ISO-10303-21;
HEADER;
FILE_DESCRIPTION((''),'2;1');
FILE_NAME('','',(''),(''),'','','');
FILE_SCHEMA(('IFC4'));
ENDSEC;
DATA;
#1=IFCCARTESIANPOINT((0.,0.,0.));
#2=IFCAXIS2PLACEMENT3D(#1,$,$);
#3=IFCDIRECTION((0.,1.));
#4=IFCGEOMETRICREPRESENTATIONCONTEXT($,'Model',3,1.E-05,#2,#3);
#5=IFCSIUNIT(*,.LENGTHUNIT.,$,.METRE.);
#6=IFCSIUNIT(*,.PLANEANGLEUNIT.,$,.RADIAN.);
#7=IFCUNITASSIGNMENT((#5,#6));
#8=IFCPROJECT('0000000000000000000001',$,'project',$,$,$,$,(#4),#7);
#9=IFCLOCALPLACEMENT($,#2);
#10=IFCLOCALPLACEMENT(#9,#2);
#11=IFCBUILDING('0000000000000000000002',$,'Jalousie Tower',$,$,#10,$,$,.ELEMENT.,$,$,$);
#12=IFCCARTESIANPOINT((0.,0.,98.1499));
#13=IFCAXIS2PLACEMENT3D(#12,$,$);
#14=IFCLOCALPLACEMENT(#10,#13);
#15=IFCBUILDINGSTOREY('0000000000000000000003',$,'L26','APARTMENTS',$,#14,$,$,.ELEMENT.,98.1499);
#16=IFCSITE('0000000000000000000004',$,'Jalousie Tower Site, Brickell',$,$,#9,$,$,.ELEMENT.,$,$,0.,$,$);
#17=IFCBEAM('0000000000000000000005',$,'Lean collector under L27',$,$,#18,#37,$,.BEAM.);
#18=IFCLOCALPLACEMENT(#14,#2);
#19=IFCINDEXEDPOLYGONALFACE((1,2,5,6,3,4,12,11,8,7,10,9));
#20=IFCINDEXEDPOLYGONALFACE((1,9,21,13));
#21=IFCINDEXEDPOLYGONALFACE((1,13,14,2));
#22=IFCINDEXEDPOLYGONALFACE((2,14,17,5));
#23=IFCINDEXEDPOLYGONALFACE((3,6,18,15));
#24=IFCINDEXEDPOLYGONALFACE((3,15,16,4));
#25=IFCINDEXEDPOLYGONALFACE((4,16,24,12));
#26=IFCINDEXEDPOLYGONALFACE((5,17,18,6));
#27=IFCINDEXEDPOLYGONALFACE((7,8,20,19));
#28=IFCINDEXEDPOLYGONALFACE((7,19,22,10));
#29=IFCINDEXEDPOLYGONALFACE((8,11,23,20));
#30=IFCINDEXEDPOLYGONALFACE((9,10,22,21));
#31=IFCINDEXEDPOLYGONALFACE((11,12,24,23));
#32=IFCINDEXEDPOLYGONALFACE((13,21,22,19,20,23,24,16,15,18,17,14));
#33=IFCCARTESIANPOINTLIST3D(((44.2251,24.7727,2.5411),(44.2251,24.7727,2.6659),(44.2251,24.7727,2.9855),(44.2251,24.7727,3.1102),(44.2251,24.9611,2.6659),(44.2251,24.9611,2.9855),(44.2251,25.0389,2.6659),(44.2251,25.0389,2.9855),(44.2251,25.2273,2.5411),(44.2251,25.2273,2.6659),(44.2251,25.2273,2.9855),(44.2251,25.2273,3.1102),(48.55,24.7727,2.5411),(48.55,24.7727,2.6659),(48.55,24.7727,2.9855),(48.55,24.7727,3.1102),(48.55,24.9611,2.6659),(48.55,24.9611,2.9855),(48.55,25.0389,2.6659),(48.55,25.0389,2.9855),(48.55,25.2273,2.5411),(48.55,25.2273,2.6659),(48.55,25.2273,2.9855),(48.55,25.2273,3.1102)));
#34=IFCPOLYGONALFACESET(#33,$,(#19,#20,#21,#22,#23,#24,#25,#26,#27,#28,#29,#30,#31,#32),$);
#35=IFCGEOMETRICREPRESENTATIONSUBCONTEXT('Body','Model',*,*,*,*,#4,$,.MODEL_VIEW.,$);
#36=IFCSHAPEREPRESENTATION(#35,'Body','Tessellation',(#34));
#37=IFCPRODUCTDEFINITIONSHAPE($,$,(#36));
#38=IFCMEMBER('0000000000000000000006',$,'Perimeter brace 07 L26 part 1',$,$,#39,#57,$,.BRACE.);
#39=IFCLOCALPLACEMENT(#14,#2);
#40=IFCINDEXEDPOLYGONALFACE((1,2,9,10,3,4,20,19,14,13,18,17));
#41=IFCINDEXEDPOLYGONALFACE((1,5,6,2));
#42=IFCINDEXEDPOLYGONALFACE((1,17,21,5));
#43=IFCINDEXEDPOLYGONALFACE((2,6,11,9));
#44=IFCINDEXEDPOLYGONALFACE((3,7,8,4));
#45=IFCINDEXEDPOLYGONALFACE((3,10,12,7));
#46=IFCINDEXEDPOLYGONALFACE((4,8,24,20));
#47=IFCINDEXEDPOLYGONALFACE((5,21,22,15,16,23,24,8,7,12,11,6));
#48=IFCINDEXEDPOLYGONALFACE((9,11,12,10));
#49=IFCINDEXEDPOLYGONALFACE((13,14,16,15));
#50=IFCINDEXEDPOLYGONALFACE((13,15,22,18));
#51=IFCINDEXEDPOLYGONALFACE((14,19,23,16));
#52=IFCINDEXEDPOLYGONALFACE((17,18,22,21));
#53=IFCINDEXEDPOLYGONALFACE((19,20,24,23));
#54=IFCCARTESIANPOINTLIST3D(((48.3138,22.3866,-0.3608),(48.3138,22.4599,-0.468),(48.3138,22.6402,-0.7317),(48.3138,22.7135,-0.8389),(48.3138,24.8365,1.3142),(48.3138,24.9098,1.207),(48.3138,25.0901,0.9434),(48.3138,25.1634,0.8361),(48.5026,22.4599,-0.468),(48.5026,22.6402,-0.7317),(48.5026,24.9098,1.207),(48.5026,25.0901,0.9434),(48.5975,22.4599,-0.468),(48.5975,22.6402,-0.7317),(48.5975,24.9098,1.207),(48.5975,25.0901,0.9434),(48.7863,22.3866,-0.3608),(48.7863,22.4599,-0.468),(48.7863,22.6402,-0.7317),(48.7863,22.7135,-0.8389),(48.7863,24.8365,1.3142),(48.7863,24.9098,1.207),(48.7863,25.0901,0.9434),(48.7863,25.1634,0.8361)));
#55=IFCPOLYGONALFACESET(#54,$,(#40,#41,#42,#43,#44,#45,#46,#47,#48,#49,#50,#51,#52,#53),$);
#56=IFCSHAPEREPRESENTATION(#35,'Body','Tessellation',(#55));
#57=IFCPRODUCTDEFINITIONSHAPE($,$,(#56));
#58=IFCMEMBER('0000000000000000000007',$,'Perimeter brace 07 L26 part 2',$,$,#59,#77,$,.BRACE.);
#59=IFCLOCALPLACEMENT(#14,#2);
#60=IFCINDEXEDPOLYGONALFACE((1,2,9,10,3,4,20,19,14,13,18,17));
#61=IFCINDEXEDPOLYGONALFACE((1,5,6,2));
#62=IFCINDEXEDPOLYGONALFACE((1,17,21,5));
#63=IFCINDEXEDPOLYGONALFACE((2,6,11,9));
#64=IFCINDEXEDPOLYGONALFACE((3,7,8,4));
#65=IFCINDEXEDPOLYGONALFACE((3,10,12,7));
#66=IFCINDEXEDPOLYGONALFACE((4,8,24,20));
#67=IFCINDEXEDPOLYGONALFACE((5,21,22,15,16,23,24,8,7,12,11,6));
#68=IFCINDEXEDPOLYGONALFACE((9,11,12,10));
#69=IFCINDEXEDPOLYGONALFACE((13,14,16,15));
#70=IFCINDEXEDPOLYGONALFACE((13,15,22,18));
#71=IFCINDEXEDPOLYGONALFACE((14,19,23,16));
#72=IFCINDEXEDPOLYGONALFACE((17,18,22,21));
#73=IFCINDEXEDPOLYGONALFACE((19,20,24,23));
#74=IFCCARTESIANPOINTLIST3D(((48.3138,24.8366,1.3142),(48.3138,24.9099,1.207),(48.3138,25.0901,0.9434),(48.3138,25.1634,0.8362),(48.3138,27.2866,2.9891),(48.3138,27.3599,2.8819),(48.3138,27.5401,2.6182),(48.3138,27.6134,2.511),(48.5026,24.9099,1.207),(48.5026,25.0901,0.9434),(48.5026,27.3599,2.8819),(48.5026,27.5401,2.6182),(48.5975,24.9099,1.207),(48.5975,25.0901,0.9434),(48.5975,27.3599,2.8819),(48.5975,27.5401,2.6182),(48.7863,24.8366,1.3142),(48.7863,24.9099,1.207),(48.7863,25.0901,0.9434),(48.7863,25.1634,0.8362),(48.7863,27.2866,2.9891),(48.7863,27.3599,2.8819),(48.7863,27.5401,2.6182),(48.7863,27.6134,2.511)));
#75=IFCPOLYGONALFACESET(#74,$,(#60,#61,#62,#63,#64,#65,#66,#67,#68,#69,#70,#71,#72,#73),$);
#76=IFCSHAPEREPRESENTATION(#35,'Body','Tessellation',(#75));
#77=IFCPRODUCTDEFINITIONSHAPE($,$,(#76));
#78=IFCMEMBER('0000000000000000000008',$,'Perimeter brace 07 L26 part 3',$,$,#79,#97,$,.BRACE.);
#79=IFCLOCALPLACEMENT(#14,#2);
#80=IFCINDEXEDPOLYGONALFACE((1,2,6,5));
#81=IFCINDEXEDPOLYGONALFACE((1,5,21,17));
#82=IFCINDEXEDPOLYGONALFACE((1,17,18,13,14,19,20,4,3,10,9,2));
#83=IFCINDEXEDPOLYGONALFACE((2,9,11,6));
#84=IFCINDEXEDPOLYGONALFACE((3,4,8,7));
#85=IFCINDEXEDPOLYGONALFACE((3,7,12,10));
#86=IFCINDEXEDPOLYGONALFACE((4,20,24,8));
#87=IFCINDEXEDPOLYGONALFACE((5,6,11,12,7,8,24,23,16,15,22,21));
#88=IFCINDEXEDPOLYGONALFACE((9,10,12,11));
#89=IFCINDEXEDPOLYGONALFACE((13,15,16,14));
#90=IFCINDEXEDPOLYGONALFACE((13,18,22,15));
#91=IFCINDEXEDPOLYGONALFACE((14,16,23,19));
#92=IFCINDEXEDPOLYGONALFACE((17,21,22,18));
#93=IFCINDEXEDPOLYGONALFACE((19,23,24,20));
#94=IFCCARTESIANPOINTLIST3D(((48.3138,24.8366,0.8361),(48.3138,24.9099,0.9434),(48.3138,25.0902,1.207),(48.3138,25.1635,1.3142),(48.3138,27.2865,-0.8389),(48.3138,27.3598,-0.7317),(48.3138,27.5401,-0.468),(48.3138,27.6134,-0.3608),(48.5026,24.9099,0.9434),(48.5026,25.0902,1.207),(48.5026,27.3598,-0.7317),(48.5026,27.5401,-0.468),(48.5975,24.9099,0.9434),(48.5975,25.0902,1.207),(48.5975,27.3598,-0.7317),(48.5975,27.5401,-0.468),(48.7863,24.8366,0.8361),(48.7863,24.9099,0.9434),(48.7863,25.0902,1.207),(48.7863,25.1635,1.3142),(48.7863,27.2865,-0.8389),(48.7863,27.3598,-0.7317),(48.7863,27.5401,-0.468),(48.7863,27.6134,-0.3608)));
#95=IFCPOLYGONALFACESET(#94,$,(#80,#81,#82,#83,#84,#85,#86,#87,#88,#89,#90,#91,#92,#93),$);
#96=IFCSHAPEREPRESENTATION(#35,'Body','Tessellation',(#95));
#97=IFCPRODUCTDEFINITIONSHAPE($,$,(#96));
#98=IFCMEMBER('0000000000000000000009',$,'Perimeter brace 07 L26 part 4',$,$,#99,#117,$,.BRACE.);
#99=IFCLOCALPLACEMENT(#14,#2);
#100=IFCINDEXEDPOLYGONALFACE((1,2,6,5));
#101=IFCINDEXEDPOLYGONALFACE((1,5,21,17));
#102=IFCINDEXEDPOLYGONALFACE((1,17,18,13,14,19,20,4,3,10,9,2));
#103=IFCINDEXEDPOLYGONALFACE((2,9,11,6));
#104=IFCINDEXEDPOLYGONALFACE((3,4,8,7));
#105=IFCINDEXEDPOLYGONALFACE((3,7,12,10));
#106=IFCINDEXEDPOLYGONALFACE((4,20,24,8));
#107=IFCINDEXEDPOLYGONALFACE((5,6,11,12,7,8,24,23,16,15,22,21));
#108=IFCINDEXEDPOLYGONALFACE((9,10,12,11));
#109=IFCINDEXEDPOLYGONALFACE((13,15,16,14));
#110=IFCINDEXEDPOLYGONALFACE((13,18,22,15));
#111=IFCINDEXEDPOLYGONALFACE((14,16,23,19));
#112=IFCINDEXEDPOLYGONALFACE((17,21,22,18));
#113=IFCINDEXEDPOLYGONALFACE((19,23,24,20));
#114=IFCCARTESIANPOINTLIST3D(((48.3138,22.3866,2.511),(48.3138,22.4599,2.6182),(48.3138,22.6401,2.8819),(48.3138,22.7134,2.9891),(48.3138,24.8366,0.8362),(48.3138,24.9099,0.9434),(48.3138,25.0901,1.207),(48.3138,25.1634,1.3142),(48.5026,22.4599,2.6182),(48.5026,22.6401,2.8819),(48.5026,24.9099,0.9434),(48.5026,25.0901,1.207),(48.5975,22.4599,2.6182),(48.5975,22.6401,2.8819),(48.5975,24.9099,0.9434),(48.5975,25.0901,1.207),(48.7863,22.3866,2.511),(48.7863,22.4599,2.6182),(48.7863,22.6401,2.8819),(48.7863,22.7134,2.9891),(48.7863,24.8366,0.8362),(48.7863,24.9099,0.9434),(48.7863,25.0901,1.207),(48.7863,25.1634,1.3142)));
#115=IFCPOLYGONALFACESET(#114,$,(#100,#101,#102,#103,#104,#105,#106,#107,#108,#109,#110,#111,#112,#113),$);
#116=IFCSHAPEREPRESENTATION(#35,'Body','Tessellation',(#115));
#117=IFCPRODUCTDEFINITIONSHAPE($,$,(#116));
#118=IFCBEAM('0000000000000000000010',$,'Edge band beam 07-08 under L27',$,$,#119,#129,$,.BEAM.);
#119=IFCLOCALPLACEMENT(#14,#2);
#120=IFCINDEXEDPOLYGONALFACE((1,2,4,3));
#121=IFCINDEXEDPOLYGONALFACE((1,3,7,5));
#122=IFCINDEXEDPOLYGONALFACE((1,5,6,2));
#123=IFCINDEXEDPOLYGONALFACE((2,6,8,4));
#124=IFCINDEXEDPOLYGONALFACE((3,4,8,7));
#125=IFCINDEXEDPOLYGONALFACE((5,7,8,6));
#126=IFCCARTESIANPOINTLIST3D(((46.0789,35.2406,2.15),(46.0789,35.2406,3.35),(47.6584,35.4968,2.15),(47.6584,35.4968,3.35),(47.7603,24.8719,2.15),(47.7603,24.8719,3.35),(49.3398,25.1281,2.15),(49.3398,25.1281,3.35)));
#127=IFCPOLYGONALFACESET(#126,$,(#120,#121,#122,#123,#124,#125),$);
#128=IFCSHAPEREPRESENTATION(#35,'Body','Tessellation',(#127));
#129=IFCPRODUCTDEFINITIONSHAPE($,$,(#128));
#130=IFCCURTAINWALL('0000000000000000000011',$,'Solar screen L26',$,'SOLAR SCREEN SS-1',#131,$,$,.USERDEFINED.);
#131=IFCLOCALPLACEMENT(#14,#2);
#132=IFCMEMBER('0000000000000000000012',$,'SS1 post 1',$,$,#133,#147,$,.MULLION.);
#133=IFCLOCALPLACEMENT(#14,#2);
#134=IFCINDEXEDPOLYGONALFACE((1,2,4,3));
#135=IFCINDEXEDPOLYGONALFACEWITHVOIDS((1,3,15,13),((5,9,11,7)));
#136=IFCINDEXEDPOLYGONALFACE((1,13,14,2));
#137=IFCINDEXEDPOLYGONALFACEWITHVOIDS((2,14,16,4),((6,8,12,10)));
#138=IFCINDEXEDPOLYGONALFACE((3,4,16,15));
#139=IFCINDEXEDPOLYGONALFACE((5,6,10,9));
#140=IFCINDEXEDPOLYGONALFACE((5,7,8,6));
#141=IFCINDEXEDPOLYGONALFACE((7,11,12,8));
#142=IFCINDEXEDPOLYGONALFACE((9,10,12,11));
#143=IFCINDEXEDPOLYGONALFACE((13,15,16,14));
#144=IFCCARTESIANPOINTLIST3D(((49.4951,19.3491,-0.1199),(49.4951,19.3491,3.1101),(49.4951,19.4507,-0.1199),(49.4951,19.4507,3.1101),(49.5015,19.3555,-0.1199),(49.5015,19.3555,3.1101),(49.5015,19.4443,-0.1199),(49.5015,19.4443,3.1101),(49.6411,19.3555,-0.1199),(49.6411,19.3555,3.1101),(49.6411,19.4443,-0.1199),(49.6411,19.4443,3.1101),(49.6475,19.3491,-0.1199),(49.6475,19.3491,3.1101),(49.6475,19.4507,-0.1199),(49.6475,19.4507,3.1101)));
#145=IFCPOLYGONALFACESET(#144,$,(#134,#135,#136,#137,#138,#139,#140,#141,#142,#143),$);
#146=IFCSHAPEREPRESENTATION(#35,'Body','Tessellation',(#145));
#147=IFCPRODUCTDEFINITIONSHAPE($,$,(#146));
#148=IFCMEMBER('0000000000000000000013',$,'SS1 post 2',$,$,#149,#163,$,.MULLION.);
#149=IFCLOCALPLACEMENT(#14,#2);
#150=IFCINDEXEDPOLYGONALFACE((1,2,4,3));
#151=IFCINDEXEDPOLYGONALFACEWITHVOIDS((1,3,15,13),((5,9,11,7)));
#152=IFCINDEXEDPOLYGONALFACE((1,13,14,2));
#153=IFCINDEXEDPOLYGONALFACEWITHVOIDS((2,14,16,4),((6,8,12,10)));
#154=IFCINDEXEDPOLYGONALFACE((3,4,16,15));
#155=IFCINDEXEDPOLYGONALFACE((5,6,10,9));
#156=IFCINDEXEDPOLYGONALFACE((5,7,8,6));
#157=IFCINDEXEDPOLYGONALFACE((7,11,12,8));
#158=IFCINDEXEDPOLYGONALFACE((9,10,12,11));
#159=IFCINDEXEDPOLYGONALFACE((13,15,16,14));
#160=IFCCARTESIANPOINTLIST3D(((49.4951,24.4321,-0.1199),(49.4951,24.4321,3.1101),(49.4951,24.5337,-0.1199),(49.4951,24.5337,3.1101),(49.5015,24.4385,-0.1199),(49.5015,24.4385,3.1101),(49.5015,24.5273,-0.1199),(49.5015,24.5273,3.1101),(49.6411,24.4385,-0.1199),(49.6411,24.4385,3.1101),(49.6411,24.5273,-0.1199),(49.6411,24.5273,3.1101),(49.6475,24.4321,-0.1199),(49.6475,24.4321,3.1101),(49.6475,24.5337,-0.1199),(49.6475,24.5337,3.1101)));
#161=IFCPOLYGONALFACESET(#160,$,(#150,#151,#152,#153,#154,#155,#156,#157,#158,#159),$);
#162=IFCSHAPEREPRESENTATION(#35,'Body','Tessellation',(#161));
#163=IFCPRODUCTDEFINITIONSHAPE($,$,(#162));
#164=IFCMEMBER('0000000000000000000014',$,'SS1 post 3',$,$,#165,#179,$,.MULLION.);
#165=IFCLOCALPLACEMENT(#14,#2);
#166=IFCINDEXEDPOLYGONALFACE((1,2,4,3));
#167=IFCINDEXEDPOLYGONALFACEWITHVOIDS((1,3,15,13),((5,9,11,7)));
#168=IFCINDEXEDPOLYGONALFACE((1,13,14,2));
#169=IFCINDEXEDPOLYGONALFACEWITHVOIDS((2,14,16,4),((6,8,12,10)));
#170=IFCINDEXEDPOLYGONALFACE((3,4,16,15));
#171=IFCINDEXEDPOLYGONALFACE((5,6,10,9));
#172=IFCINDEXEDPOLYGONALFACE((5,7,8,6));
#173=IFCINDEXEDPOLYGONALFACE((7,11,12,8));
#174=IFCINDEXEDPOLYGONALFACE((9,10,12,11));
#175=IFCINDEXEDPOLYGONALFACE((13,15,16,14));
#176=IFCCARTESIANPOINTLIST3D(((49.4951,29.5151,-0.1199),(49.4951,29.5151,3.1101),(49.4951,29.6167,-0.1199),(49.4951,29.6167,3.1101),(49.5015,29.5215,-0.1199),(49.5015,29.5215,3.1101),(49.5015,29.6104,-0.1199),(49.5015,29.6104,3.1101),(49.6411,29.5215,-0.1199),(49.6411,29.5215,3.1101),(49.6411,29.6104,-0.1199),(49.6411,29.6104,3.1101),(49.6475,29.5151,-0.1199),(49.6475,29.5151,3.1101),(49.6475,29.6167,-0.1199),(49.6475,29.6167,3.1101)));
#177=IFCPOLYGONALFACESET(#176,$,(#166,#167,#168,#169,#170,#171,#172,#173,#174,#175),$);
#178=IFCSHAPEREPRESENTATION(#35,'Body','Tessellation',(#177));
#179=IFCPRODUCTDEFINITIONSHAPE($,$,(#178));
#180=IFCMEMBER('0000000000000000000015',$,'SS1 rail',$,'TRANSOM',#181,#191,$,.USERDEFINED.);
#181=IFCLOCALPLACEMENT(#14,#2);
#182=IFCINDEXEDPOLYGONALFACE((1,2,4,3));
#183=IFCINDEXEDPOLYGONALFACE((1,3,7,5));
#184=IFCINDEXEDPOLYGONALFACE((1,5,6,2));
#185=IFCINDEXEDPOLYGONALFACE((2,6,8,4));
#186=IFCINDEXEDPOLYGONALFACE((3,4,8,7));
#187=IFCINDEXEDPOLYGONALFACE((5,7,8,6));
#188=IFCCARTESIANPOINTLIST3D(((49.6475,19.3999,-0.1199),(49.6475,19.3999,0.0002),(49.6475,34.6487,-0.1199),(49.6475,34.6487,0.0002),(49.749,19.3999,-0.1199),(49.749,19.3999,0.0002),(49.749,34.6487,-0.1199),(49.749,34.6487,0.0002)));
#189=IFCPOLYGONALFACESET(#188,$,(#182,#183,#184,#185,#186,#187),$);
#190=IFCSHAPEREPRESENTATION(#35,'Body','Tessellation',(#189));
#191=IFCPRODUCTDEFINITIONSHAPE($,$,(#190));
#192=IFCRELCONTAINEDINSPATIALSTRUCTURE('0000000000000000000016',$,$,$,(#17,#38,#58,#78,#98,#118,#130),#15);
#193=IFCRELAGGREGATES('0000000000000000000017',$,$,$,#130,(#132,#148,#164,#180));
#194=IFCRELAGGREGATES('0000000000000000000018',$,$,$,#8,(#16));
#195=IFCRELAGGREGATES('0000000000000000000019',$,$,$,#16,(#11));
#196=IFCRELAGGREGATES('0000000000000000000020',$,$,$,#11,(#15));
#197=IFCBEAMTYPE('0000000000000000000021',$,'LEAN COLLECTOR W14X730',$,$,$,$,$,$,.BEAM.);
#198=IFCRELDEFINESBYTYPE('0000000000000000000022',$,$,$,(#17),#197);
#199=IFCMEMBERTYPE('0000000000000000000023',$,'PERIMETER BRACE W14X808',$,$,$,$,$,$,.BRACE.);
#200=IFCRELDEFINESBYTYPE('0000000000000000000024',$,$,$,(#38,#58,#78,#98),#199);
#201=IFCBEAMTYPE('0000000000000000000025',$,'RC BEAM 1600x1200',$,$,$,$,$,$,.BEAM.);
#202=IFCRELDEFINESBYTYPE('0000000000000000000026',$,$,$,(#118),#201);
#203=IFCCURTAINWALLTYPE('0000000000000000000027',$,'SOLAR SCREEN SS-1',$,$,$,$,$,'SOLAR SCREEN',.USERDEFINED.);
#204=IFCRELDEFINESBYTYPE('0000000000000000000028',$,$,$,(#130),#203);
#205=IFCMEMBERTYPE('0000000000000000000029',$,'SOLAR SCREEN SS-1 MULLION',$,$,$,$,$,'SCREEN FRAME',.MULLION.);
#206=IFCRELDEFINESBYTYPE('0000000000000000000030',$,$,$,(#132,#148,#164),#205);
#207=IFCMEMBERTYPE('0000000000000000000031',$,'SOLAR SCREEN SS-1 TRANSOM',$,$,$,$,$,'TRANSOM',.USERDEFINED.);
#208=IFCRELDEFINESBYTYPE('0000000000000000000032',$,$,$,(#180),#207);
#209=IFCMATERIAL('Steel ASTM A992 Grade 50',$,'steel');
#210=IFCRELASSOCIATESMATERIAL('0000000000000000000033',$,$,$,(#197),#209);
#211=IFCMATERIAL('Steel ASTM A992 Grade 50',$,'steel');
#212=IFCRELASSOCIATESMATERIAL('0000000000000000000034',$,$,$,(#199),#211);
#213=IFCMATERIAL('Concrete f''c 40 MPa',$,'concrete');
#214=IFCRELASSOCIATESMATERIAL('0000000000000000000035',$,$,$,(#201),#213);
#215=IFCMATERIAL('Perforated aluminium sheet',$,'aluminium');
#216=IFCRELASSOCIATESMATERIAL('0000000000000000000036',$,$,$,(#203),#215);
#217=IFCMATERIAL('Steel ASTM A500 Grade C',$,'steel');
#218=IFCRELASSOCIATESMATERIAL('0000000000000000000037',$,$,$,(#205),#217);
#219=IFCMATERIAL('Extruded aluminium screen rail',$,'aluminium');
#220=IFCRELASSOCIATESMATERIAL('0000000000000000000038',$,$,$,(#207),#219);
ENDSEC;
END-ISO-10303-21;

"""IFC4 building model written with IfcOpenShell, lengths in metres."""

from ifc_helpers import new_model, si_unit, direction, frame, origin, origin_2d, place, context, subcontext, project, spatial, rectangle, hollow_rectangle, i_section, extrude, material, material_profile, profile_set, type_object, element, aggregate, save


model = new_model("IFC4")

# Units and contexts
model_context = context("Model", 3, precision=1e-05, world=origin(), true_north=direction((0.0, 1.0)))
body_context = subcontext(model_context, "Body", "Model", "MODEL_VIEW")
ifc_project = project(units=[si_unit("LENGTHUNIT", "METRE"), si_unit("PLANEANGLEUNIT", "RADIAN")], contexts=[model_context])

# Site, building, storey
site_placement = place(None, origin())
site = spatial("IfcSite", under=ifc_project, at=site_placement, Name="Jalousie Tower Site, Brickell", CompositionType="ELEMENT", RefElevation=0.0)
building_placement = place(site_placement, origin())
building = spatial("IfcBuilding", under=site, at=building_placement, Name="Jalousie Tower", CompositionType="ELEMENT")
storey_placement = place(building_placement, frame((0.0, 0.0, 98.1499)))
storey = spatial("IfcBuildingStorey", under=building, at=storey_placement, Name="L26", Description="APARTMENTS", CompositionType="ELEMENT", Elevation=98.1499)

# Beam
ifc_material_1 = material(Name="Steel ASTM A992 Grade 50", Category="steel")
ifc_material_profile_1 = material_profile(ifc_material_1, i_section(OverallWidth=0.4546, OverallDepth=0.5691, WebThickness=0.0779, FlangeThickness=0.1248, at=origin_2d()), Name="W14X730")
ifc_profile_set_1 = profile_set([ifc_material_profile_1], Name="Steel ASTM A992 Grade 50")
beam_type_1 = type_object("IfcBeamType", Name="LEAN COLLECTOR W14X730", PredefinedType="BEAM", material=ifc_profile_set_1)
beam_1_placement = place(storey_placement, frame((48.55, 25.0, 2.8257), z_axis=(-1.0, 0.0, 0.0), x_axis=(0.0, -1.0, 0.0)))
element("IfcBeam", 1, at=beam_1_placement, inside=storey, type_object=beam_type_1, Name="Lean collector under L27", PredefinedType="BEAM", context=body_context, shape_type="SweptSolid", body=[
    extrude(i_section(OverallWidth=0.4546, OverallDepth=0.5691, WebThickness=0.0779, FlangeThickness=0.1248, at=origin_2d()), origin(), (0.0, 0.0, 1.0), 4.325),
])

# Members
ifc_material_2 = material(Name="Steel ASTM A992 Grade 50", Category="steel")
ifc_material_profile_2 = material_profile(ifc_material_2, i_section(OverallWidth=0.4724, OverallDepth=0.5791, WebThickness=0.095, FlangeThickness=0.1299, at=origin_2d()), Name="W14X808")
ifc_profile_set_2 = profile_set([ifc_material_profile_2], Name="Steel ASTM A992 Grade 50")
member_type_1 = type_object("IfcMemberType", Name="PERIMETER BRACE W14X808", PredefinedType="BRACE", material=ifc_profile_set_2)
for number, where, z_axis, x_axis, name in (
    (2, (48.55, 22.55, -0.5999), (0.0, 0.825501, 0.564401), (-1.0, 0.0, 0.0), "Perimeter brace 07 L26 part 1"),
    (3, (48.55, 25.0, 1.0752), (0.0, 0.825539, 0.564345), (-1.0, 0.0, 0.0), "Perimeter brace 07 L26 part 2"),
    (4, (48.55, 27.45, -0.5999), (0.0, -0.825501, 0.564401), (1.0, 0.0, 0.0), "Perimeter brace 07 L26 part 3"),
    (5, (48.55, 25.0, 1.0752), (0.0, -0.825539, 0.564345), (1.0, 0.0, 0.0), "Perimeter brace 07 L26 part 4"),
):
    element("IfcMember", number, at=place(storey_placement, frame(where, z_axis=z_axis, x_axis=x_axis)), inside=storey, type_object=member_type_1, Name=name, PredefinedType="BRACE", context=body_context, shape_type="SweptSolid", body=[
        extrude(i_section(OverallWidth=0.4724, OverallDepth=0.5791, WebThickness=0.095, FlangeThickness=0.1299, at=origin_2d()), origin(), (0.0, 0.0, 1.0), 2.9678),
    ])

# Beam
ifc_material_3 = material(Name="Concrete f'c 40 MPa", Category="concrete")
ifc_material_profile_3 = material_profile(ifc_material_3, rectangle(XDim=1.6001, YDim=1.2, at=origin_2d()), Name="RC 1600x1200")
ifc_profile_set_3 = profile_set([ifc_material_profile_3], Name="Concrete f'c 40 MPa")
beam_type_2 = type_object("IfcBeamType", Name="RC BEAM 1600x1200", PredefinedType="BEAM", material=ifc_profile_set_3)
beam_2_placement = place(storey_placement, frame((48.55, 25.0, 2.75), z_axis=(-0.160071, 0.987106, 0.0), x_axis=(-0.987106, -0.160071, 0.0)))
element("IfcBeam", 6, at=beam_2_placement, inside=storey, type_object=beam_type_2, Name="Edge band beam 07-08 under L27", PredefinedType="BEAM", context=body_context, shape_type="SweptSolid", body=[
    extrude(rectangle(XDim=1.6001, YDim=1.2, at=origin_2d()), origin(), (0.0, 0.0, 1.0), 10.5042),
])

# Curtain wall, members
ifc_material_4 = material(Name="Perforated aluminium sheet", Category="aluminium")
curtain_wall_type = type_object("IfcCurtainWallType", Name="SOLAR SCREEN SS-1", ElementType="SOLAR SCREEN", PredefinedType="USERDEFINED", material=ifc_material_4)
curtain_wall_placement = place(storey_placement, origin())
curtain_wall = element("IfcCurtainWall", 7, at=curtain_wall_placement, inside=storey, type_object=curtain_wall_type, Name="Solar screen L26", ObjectType="SOLAR SCREEN SS-1", PredefinedType="USERDEFINED")
ifc_material_5 = material(Name="Steel ASTM A500 Grade C", Category="steel")
ifc_material_profile_4 = material_profile(ifc_material_5, hollow_rectangle(XDim=0.1016, YDim=0.1523, WallThickness=0.0063, at=origin_2d()), Name="HSS6X4X1/4")
ifc_profile_set_4 = profile_set([ifc_material_profile_4], Name="Steel ASTM A500 Grade C")
member_type_2 = type_object("IfcMemberType", Name="SOLAR SCREEN SS-1 MULLION", ElementType="SCREEN FRAME", PredefinedType="MULLION", material=ifc_profile_set_4)
member_1_placement = place(storey_placement, frame((49.5713, 19.3999, -0.1199), z_axis=(0.0, 0.0, 1.0), x_axis=(0.0, 1.0, 0.0)))
member_1 = element("IfcMember", 8, at=member_1_placement, type_object=member_type_2, Name="SS1 post 1", PredefinedType="MULLION", context=body_context, shape_type="SweptSolid", body=[
    extrude(hollow_rectangle(XDim=0.1016, YDim=0.1523, WallThickness=0.0063, at=origin_2d()), origin(), (0.0, 0.0, 1.0), 3.23),
])
member_2_placement = place(storey_placement, frame((49.5713, 24.4829, -0.1199), z_axis=(0.0, 0.0, 1.0), x_axis=(0.0, 1.0, 0.0)))
member_2 = element("IfcMember", 9, at=member_2_placement, type_object=member_type_2, Name="SS1 post 2", PredefinedType="MULLION", context=body_context, shape_type="SweptSolid", body=[
    extrude(hollow_rectangle(XDim=0.1016, YDim=0.1523, WallThickness=0.0063, at=origin_2d()), origin(), (0.0, 0.0, 1.0), 3.23),
])
member_3_placement = place(storey_placement, frame((49.5713, 29.5659, -0.1199), z_axis=(0.0, 0.0, 1.0), x_axis=(0.0, 1.0, 0.0)))
member_3 = element("IfcMember", 10, at=member_3_placement, type_object=member_type_2, Name="SS1 post 3", PredefinedType="MULLION", context=body_context, shape_type="SweptSolid", body=[
    extrude(hollow_rectangle(XDim=0.1016, YDim=0.1523, WallThickness=0.0063, at=origin_2d()), origin(), (0.0, 0.0, 1.0), 3.23),
])
ifc_material_6 = material(Name="Extruded aluminium screen rail", Category="aluminium")
ifc_material_profile_5 = material_profile(ifc_material_6, rectangle(XDim=0.1016, YDim=0.1201, at=origin_2d()), Name="RAIL 102x120")
ifc_profile_set_5 = profile_set([ifc_material_profile_5], Name="Extruded aluminium screen rail")
member_type_3 = type_object("IfcMemberType", Name="SOLAR SCREEN SS-1 TRANSOM", ElementType="TRANSOM", PredefinedType="USERDEFINED", material=ifc_profile_set_5)
member_4_placement = place(storey_placement, frame((49.6982, 19.3999, -0.0598), z_axis=(0.0, 1.0, 0.0), x_axis=(-1.0, 0.0, 0.0)))
member_4 = element("IfcMember", 11, at=member_4_placement, type_object=member_type_3, Name="SS1 rail", ObjectType="TRANSOM", PredefinedType="USERDEFINED", context=body_context, shape_type="SweptSolid", body=[
    extrude(rectangle(XDim=0.1016, YDim=0.1201, at=origin_2d()), origin(), (0.0, 0.0, 1.0), 15.2488),
])
aggregate(curtain_wall, [member_1, member_2, member_3, member_4])

save(model, "model.ifc")
